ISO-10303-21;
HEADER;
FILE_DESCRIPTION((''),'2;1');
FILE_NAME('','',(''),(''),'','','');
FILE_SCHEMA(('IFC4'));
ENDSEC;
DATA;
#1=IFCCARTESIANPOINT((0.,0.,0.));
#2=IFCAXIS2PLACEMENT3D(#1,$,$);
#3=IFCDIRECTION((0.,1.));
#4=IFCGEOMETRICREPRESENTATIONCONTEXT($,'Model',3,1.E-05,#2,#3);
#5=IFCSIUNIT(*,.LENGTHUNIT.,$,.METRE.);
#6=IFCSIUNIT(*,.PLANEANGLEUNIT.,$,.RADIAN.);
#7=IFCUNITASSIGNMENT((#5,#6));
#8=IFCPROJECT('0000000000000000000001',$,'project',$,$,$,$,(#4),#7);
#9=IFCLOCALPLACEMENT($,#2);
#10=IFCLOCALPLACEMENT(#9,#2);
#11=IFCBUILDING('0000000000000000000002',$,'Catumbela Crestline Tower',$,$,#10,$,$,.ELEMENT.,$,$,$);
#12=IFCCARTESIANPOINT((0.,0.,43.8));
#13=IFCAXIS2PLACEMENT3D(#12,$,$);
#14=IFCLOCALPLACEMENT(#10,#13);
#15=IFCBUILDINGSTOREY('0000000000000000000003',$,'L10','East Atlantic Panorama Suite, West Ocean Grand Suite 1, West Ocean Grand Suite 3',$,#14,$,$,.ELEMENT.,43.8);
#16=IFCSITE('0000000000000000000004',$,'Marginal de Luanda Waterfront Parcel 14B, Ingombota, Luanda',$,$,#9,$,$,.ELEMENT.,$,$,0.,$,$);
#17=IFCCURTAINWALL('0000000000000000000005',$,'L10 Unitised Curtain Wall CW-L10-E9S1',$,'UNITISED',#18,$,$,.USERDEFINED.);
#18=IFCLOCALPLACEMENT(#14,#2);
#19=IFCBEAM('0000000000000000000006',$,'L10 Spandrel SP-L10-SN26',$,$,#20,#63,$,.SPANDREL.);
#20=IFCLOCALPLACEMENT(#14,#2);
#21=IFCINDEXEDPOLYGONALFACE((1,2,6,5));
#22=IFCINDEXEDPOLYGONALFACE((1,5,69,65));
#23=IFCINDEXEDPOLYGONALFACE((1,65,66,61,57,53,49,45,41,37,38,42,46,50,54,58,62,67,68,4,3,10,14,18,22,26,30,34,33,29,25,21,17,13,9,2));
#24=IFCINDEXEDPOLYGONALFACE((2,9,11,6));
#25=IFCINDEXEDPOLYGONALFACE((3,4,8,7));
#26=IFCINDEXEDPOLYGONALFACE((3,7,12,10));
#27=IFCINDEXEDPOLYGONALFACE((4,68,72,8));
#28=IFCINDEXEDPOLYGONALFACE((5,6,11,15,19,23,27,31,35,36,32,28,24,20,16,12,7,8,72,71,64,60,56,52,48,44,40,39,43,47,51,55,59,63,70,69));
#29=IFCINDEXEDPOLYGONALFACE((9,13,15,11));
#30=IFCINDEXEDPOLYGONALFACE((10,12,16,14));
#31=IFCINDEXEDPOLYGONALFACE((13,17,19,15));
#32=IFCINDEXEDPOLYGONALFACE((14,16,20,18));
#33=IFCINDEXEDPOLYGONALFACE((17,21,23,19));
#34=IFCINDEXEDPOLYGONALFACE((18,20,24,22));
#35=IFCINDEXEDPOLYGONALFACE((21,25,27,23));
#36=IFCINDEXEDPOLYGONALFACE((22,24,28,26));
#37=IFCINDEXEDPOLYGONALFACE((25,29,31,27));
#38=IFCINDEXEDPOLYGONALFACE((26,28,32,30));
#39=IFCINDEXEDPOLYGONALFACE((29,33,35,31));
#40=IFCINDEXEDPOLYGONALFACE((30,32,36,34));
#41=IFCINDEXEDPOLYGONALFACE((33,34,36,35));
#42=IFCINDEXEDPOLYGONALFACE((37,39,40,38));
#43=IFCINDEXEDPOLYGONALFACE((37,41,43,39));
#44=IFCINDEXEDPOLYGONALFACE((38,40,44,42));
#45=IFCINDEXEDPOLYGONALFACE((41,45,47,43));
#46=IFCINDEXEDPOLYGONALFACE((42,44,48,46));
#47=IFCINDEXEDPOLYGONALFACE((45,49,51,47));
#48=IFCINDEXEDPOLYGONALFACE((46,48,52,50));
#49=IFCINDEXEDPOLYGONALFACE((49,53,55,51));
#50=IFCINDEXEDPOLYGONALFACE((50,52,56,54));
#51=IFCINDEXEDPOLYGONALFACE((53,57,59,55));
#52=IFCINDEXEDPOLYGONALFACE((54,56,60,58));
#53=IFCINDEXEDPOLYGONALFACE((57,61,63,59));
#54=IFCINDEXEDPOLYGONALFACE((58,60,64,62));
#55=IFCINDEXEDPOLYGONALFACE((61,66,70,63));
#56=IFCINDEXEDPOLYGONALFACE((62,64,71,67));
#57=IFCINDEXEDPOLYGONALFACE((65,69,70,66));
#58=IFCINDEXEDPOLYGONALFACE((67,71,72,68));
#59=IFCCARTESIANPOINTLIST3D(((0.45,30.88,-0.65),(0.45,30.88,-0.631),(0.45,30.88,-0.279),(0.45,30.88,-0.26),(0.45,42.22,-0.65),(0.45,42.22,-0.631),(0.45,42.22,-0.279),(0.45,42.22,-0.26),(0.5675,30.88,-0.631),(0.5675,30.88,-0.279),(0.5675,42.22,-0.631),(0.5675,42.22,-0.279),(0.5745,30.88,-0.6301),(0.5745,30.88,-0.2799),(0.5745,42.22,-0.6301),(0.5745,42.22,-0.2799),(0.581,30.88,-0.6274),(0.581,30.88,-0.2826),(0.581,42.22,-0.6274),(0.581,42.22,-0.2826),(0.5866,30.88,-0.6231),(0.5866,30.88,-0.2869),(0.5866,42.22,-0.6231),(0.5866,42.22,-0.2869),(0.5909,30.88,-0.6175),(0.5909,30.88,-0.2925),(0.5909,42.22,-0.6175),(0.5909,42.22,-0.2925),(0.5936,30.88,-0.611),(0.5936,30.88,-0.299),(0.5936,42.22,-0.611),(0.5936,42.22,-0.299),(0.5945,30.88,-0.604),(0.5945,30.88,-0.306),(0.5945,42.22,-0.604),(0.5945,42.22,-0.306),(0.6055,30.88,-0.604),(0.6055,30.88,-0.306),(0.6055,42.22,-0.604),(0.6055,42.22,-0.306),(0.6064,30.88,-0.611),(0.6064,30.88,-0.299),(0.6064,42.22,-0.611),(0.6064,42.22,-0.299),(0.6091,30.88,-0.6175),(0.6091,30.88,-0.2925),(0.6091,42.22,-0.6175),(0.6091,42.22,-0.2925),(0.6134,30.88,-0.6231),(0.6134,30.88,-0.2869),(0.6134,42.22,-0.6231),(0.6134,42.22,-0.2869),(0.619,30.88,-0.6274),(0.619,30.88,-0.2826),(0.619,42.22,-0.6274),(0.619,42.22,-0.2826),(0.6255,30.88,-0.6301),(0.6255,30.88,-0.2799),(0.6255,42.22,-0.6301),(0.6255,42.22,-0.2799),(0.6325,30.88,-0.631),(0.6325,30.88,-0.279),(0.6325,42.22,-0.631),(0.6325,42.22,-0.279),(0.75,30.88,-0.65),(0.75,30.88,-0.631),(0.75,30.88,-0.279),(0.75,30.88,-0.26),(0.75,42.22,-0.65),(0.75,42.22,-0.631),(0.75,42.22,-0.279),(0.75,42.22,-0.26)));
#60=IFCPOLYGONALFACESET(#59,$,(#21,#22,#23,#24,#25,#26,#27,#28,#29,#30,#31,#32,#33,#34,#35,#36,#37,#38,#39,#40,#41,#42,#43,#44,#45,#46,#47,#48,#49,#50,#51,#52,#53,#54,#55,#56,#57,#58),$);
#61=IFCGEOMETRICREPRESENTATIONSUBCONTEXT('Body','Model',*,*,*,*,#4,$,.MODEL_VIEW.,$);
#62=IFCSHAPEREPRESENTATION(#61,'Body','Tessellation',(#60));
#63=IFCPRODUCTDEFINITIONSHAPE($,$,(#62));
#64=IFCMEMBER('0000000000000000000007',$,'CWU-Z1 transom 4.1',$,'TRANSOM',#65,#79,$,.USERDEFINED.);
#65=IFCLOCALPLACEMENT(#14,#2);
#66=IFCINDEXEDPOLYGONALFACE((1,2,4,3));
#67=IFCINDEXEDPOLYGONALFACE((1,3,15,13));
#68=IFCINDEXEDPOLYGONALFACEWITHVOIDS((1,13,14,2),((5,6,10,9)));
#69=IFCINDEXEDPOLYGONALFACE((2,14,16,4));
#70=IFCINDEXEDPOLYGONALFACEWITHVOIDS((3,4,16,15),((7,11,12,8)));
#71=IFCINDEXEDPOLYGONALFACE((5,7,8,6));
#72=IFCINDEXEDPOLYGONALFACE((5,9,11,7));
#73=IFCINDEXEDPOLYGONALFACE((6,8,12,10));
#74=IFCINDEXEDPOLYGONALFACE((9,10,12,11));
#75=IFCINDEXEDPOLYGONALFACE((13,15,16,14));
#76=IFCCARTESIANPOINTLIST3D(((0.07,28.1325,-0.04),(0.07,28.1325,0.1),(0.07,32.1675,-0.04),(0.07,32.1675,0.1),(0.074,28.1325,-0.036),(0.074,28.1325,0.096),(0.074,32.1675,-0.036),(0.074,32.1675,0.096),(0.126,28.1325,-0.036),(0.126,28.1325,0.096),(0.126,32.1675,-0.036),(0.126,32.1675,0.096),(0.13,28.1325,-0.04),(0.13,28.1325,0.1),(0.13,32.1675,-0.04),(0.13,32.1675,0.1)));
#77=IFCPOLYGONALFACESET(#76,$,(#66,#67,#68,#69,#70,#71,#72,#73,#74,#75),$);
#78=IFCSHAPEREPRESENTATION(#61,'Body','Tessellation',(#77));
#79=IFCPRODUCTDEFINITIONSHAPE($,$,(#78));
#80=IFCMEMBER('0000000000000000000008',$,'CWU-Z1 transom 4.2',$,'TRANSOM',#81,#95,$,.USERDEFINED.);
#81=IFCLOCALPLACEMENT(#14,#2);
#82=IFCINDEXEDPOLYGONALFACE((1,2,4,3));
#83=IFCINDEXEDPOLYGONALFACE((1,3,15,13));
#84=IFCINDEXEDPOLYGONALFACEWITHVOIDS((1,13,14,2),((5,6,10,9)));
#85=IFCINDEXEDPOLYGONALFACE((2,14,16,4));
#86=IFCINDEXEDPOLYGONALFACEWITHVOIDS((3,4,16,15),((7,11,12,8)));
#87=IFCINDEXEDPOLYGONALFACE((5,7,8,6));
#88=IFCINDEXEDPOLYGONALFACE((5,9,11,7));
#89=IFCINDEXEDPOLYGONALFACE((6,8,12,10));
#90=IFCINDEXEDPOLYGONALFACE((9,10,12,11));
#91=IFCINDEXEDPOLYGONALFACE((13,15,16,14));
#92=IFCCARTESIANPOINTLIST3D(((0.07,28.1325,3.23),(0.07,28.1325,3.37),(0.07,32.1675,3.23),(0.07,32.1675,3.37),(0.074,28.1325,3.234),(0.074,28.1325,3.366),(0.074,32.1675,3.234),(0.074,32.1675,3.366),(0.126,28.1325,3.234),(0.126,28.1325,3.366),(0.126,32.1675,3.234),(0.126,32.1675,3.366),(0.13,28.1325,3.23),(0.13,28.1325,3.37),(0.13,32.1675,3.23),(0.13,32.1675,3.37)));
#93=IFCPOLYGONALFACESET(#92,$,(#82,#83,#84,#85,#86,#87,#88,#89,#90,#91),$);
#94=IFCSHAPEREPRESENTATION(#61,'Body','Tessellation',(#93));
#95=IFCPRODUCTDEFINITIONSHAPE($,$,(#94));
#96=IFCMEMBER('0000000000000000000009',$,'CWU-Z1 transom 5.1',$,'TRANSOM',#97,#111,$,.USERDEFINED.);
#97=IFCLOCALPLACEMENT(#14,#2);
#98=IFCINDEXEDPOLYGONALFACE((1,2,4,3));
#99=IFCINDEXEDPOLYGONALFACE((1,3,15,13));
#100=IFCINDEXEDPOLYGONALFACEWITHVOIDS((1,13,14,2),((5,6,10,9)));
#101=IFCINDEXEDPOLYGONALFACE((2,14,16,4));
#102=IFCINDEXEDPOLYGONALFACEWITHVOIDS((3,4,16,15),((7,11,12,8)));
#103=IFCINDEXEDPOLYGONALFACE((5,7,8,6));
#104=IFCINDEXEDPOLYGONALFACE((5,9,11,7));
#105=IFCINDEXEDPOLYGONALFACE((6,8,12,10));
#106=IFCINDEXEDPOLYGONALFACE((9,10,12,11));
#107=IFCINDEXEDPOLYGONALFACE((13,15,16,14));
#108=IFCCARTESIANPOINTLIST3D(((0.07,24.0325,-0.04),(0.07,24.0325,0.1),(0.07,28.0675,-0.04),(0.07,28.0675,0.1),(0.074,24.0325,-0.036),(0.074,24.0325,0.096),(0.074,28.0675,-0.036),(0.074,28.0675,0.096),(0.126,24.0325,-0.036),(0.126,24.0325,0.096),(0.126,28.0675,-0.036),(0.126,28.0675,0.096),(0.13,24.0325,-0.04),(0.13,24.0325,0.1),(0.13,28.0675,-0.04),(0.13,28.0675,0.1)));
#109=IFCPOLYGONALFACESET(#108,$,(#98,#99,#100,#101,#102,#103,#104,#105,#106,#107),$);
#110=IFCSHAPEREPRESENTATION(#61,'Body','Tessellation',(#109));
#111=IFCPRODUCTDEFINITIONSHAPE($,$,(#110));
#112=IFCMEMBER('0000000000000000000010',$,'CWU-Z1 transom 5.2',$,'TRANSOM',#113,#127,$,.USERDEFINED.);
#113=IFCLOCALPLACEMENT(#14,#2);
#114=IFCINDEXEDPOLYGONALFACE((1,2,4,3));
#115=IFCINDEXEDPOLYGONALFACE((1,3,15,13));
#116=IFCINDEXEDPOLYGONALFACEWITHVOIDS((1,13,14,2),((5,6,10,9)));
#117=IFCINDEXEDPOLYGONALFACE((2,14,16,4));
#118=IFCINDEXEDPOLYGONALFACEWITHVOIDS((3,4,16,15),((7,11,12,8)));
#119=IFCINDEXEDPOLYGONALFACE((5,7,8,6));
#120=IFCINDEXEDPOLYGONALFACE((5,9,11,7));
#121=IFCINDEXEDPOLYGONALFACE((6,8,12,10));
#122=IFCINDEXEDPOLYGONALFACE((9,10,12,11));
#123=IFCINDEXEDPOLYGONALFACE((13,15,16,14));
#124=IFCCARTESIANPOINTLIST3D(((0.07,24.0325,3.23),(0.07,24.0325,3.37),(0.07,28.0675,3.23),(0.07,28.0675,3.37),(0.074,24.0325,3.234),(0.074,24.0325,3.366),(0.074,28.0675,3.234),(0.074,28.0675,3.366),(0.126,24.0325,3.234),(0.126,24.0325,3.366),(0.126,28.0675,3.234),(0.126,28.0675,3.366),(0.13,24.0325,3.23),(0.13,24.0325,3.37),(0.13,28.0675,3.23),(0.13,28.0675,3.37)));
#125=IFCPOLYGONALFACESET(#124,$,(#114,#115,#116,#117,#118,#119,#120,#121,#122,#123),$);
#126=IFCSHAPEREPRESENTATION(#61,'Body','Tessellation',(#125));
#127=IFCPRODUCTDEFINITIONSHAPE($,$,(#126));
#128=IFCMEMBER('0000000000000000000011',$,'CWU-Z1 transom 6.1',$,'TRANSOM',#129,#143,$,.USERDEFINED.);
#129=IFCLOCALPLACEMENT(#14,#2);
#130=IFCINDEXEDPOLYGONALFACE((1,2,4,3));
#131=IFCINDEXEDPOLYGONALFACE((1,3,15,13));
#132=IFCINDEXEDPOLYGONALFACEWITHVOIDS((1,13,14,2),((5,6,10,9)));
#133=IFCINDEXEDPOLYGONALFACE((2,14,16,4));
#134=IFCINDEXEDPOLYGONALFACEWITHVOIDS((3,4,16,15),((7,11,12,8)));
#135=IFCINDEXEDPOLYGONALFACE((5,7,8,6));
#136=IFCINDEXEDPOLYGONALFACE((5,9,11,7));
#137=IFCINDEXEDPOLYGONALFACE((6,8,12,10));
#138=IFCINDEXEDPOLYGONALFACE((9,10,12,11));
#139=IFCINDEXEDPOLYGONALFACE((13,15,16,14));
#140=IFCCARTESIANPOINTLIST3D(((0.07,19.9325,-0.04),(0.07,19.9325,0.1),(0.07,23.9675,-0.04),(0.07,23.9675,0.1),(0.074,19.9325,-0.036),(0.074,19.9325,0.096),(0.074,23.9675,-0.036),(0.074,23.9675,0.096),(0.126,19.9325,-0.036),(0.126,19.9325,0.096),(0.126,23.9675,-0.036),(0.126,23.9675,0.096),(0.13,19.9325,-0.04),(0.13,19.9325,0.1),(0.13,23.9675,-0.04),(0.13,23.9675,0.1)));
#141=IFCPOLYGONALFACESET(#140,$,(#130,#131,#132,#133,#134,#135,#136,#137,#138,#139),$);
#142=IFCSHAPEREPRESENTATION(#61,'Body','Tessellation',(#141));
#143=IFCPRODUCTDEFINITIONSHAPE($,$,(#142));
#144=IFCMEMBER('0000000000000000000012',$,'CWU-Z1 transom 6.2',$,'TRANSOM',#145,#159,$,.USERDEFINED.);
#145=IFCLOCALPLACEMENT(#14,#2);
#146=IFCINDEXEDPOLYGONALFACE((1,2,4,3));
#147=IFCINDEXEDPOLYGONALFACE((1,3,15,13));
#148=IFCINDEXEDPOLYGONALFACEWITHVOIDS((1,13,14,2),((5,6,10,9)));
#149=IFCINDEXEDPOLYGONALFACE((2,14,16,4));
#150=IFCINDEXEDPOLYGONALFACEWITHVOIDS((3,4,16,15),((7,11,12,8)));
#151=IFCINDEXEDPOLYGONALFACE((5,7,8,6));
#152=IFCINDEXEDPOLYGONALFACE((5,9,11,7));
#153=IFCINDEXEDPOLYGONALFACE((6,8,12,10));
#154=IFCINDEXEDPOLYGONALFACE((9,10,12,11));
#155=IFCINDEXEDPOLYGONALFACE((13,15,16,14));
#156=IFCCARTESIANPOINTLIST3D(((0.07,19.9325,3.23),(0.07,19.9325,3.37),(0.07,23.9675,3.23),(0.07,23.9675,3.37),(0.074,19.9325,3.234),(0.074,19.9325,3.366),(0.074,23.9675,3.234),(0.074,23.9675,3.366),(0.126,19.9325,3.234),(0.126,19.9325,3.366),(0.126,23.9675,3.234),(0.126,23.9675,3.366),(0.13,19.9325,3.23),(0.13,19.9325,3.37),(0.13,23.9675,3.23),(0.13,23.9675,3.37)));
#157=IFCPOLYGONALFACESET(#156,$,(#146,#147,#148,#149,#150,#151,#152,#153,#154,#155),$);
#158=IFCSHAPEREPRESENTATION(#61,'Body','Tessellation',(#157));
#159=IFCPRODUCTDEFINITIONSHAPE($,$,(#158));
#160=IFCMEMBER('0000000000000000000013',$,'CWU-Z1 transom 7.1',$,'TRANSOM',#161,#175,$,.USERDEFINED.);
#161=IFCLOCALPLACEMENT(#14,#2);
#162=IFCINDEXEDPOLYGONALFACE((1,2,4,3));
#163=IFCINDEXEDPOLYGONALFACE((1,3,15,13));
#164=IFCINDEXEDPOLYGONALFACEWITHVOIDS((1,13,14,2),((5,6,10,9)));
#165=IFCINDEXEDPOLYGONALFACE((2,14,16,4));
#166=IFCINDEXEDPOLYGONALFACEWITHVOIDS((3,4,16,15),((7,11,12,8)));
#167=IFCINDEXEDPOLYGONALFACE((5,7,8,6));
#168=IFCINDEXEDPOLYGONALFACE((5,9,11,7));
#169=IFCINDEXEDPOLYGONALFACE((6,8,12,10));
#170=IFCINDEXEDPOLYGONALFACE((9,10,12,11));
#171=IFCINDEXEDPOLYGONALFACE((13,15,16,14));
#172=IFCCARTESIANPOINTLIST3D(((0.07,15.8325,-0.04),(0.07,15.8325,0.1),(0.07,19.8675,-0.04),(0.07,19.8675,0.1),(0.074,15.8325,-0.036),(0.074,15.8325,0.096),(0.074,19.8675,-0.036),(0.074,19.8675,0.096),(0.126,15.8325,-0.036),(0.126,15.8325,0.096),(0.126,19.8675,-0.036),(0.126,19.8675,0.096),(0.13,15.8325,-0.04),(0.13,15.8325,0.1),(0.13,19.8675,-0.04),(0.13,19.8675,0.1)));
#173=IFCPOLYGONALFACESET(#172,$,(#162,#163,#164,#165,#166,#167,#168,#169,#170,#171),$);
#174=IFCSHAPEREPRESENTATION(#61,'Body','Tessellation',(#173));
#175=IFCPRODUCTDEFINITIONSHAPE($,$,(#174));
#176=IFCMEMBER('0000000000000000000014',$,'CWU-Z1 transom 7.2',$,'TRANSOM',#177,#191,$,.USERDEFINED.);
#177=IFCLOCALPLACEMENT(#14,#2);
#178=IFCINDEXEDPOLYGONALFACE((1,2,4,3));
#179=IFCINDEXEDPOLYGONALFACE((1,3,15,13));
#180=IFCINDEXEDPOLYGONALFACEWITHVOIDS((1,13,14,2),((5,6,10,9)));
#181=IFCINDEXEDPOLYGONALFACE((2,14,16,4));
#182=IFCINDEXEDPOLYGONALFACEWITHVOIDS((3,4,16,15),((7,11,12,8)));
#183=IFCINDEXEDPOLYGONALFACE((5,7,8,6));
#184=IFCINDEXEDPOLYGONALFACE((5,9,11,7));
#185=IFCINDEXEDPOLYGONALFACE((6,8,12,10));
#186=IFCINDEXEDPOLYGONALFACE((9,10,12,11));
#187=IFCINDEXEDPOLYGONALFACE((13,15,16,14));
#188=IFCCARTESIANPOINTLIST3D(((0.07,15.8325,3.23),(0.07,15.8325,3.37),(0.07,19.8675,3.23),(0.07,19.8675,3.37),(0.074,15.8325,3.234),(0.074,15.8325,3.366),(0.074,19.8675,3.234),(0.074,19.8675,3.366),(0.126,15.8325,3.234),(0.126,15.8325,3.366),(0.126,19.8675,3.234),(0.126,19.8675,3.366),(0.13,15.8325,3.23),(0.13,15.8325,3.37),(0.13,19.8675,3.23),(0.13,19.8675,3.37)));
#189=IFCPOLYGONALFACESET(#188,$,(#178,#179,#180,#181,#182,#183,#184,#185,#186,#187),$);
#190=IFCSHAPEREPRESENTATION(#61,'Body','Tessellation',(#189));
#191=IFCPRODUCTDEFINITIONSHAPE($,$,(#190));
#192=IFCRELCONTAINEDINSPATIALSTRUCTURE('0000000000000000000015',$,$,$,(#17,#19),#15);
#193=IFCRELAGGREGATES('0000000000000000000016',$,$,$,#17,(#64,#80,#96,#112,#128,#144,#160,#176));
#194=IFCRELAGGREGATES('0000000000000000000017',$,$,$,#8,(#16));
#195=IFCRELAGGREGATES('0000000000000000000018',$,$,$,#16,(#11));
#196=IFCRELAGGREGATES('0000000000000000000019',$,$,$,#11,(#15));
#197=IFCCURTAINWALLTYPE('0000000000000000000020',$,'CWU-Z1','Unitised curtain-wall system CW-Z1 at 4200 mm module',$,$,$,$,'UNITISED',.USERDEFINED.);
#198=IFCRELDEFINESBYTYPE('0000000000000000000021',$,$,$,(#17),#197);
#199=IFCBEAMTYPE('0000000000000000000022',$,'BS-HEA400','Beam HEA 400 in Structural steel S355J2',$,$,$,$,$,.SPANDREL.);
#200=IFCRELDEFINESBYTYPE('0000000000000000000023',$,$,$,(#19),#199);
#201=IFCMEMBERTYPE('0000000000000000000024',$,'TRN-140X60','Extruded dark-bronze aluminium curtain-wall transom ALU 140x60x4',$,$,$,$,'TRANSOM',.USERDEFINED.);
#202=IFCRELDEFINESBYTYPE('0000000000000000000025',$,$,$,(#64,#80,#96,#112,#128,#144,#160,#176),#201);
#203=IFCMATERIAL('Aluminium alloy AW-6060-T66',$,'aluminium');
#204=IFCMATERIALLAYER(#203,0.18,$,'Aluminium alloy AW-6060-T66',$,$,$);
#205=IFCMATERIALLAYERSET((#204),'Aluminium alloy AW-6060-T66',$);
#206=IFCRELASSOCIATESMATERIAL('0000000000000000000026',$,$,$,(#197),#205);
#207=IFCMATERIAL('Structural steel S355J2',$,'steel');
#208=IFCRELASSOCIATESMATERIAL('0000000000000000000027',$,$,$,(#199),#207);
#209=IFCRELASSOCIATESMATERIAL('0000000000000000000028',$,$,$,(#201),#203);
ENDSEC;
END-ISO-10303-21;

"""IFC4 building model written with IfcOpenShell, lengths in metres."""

from ifc_helpers import new_model, si_unit, direction, frame, origin, origin_2d, place, context, subcontext, project, spatial, hollow_rectangle, i_section, extrude, material, layer, layer_set, material_profile, profile_set, type_object, element, aggregate, save


model = new_model("IFC4")

# Units and contexts
model_context = context("Model", 3, precision=1e-05, world=origin(), true_north=direction((0.0, 1.0)))
body_context = subcontext(model_context, "Body", "Model", "MODEL_VIEW")
ifc_project = project(units=[si_unit("LENGTHUNIT", "METRE"), si_unit("PLANEANGLEUNIT", "RADIAN")], contexts=[model_context])

# Site, building, storey
site_placement = place(None, origin())
site = spatial("IfcSite", under=ifc_project, at=site_placement, Name="Marginal de Luanda Waterfront Parcel 14B, Ingombota, Luanda", CompositionType="ELEMENT", RefElevation=0.0)
building_placement = place(site_placement, origin())
building = spatial("IfcBuilding", under=site, at=building_placement, Name="Catumbela Crestline Tower", CompositionType="ELEMENT")
storey_placement = place(building_placement, frame((0.0, 0.0, 43.8)))
storey = spatial("IfcBuildingStorey", under=building, at=storey_placement, Name="L10", Description="East Atlantic Panorama Suite, West Ocean Grand Suite 1, West Ocean Grand Suite 3", CompositionType="ELEMENT", Elevation=43.8)

# Shared definitions
ifc_material_1 = material(Name="Structural steel S355J2", Category="steel")

# Curtain wall
ifc_material_2 = material(Name="Aluminium alloy AW-6060-T66", Category="aluminium")
ifc_layer_1 = layer(ifc_material_2, 0.18, Name="Aluminium alloy AW-6060-T66")
ifc_layer_set_1 = layer_set([ifc_layer_1], Name="Aluminium alloy AW-6060-T66")
curtain_wall_type = type_object("IfcCurtainWallType", Name="CWU-Z1", Description="Unitised curtain-wall system CW-Z1 at 4200 mm module", ElementType="UNITISED", PredefinedType="USERDEFINED", material=ifc_layer_set_1)
curtain_wall_placement = place(storey_placement, origin())
curtain_wall = element("IfcCurtainWall", 1, at=curtain_wall_placement, inside=storey, type_object=curtain_wall_type, Name="L10 Unitised Curtain Wall CW-L10-E9S1", ObjectType="UNITISED", PredefinedType="USERDEFINED")

# Beam
ifc_material_profile_1 = material_profile(ifc_material_1, i_section(OverallWidth=0.3, OverallDepth=0.39, WebThickness=0.011, FlangeThickness=0.019, FilletRadius=0.027, at=origin_2d()), Name="HEA 400")
ifc_profile_set_1 = profile_set([ifc_material_profile_1], Name="Structural steel S355J2")
beam_type_1 = type_object("IfcBeamType", Name="BS-HEA400", Description="Beam HEA 400 in Structural steel S355J2", PredefinedType="SPANDREL", material=ifc_profile_set_1)
beam_1_placement = place(storey_placement, frame((0.6, 30.88, -0.455), z_axis=(0.0, 1.0, 0.0), x_axis=(-1.0, 0.0, 0.0)))
element("IfcBeam", 2, at=beam_1_placement, inside=storey, type_object=beam_type_1, Name="L10 Spandrel SP-L10-SN26", PredefinedType="SPANDREL", context=body_context, shape_type="SweptSolid", body=[
    extrude(i_section(OverallWidth=0.3, OverallDepth=0.39, WebThickness=0.011, FlangeThickness=0.019, FilletRadius=0.027, at=origin_2d()), origin(), (0.0, 0.0, 1.0), 11.34),
])

# Members
ifc_material_profile_2 = material_profile(ifc_material_2, hollow_rectangle(XDim=0.06, YDim=0.14, WallThickness=0.004, at=origin_2d()), Name="ALU 140x60x4")
ifc_profile_set_2 = profile_set([ifc_material_profile_2], Name="Aluminium alloy AW-6060-T66")
member_type_1 = type_object("IfcMemberType", Name="TRN-140X60", Description="Extruded dark-bronze aluminium curtain-wall transom ALU 140x60x4", ElementType="TRANSOM", PredefinedType="USERDEFINED", material=ifc_profile_set_2)
member_1_placement = place(storey_placement, frame((0.1, 32.1675, 0.03), z_axis=(0.0, -1.0, 0.0), x_axis=(1.0, 0.0, 0.0)))
member_1 = element("IfcMember", 3, at=member_1_placement, type_object=member_type_1, Name="CWU-Z1 transom 4.1", ObjectType="TRANSOM", PredefinedType="USERDEFINED", context=body_context, shape_type="SweptSolid", body=[
    extrude(hollow_rectangle(XDim=0.06, YDim=0.14, WallThickness=0.004, at=origin_2d()), origin(), (0.0, 0.0, 1.0), 4.035),
])
member_2_placement = place(storey_placement, frame((0.1, 32.1675, 3.3), z_axis=(0.0, -1.0, 0.0), x_axis=(1.0, 0.0, 0.0)))
member_2 = element("IfcMember", 4, at=member_2_placement, type_object=member_type_1, Name="CWU-Z1 transom 4.2", ObjectType="TRANSOM", PredefinedType="USERDEFINED", context=body_context, shape_type="SweptSolid", body=[
    extrude(hollow_rectangle(XDim=0.06, YDim=0.14, WallThickness=0.004, at=origin_2d()), origin(), (0.0, 0.0, 1.0), 4.035),
])
member_3_placement = place(storey_placement, frame((0.1, 28.0675, 0.03), z_axis=(0.0, -1.0, 0.0), x_axis=(1.0, 0.0, 0.0)))
member_3 = element("IfcMember", 5, at=member_3_placement, type_object=member_type_1, Name="CWU-Z1 transom 5.1", ObjectType="TRANSOM", PredefinedType="USERDEFINED", context=body_context, shape_type="SweptSolid", body=[
    extrude(hollow_rectangle(XDim=0.06, YDim=0.14, WallThickness=0.004, at=origin_2d()), origin(), (0.0, 0.0, 1.0), 4.035),
])
member_4_placement = place(storey_placement, frame((0.1, 28.0675, 3.3), z_axis=(0.0, -1.0, 0.0), x_axis=(1.0, 0.0, 0.0)))
member_4 = element("IfcMember", 6, at=member_4_placement, type_object=member_type_1, Name="CWU-Z1 transom 5.2", ObjectType="TRANSOM", PredefinedType="USERDEFINED", context=body_context, shape_type="SweptSolid", body=[
    extrude(hollow_rectangle(XDim=0.06, YDim=0.14, WallThickness=0.004, at=origin_2d()), origin(), (0.0, 0.0, 1.0), 4.035),
])
member_5_placement = place(storey_placement, frame((0.1, 23.9675, 0.03), z_axis=(0.0, -1.0, 0.0), x_axis=(1.0, 0.0, 0.0)))
member_5 = element("IfcMember", 7, at=member_5_placement, type_object=member_type_1, Name="CWU-Z1 transom 6.1", ObjectType="TRANSOM", PredefinedType="USERDEFINED", context=body_context, shape_type="SweptSolid", body=[
    extrude(hollow_rectangle(XDim=0.06, YDim=0.14, WallThickness=0.004, at=origin_2d()), origin(), (0.0, 0.0, 1.0), 4.035),
])
member_6_placement = place(storey_placement, frame((0.1, 23.9675, 3.3), z_axis=(0.0, -1.0, 0.0), x_axis=(1.0, 0.0, 0.0)))
member_6 = element("IfcMember", 8, at=member_6_placement, type_object=member_type_1, Name="CWU-Z1 transom 6.2", ObjectType="TRANSOM", PredefinedType="USERDEFINED", context=body_context, shape_type="SweptSolid", body=[
    extrude(hollow_rectangle(XDim=0.06, YDim=0.14, WallThickness=0.004, at=origin_2d()), origin(), (0.0, 0.0, 1.0), 4.035),
])
member_7_placement = place(storey_placement, frame((0.1, 19.8675, 0.03), z_axis=(0.0, -1.0, 0.0), x_axis=(1.0, 0.0, 0.0)))
member_7 = element("IfcMember", 9, at=member_7_placement, type_object=member_type_1, Name="CWU-Z1 transom 7.1", ObjectType="TRANSOM", PredefinedType="USERDEFINED", context=body_context, shape_type="SweptSolid", body=[
    extrude(hollow_rectangle(XDim=0.06, YDim=0.14, WallThickness=0.004, at=origin_2d()), origin(), (0.0, 0.0, 1.0), 4.035),
])
member_8_placement = place(storey_placement, frame((0.1, 19.8675, 3.3), z_axis=(0.0, -1.0, 0.0), x_axis=(1.0, 0.0, 0.0)))
member_8 = element("IfcMember", 10, at=member_8_placement, type_object=member_type_1, Name="CWU-Z1 transom 7.2", ObjectType="TRANSOM", PredefinedType="USERDEFINED", context=body_context, shape_type="SweptSolid", body=[
    extrude(hollow_rectangle(XDim=0.06, YDim=0.14, WallThickness=0.004, at=origin_2d()), origin(), (0.0, 0.0, 1.0), 4.035),
])

aggregate(curtain_wall, [member_1, member_2, member_3, member_4, member_5, member_6, member_7, member_8])

save(model, "model.ifc")
